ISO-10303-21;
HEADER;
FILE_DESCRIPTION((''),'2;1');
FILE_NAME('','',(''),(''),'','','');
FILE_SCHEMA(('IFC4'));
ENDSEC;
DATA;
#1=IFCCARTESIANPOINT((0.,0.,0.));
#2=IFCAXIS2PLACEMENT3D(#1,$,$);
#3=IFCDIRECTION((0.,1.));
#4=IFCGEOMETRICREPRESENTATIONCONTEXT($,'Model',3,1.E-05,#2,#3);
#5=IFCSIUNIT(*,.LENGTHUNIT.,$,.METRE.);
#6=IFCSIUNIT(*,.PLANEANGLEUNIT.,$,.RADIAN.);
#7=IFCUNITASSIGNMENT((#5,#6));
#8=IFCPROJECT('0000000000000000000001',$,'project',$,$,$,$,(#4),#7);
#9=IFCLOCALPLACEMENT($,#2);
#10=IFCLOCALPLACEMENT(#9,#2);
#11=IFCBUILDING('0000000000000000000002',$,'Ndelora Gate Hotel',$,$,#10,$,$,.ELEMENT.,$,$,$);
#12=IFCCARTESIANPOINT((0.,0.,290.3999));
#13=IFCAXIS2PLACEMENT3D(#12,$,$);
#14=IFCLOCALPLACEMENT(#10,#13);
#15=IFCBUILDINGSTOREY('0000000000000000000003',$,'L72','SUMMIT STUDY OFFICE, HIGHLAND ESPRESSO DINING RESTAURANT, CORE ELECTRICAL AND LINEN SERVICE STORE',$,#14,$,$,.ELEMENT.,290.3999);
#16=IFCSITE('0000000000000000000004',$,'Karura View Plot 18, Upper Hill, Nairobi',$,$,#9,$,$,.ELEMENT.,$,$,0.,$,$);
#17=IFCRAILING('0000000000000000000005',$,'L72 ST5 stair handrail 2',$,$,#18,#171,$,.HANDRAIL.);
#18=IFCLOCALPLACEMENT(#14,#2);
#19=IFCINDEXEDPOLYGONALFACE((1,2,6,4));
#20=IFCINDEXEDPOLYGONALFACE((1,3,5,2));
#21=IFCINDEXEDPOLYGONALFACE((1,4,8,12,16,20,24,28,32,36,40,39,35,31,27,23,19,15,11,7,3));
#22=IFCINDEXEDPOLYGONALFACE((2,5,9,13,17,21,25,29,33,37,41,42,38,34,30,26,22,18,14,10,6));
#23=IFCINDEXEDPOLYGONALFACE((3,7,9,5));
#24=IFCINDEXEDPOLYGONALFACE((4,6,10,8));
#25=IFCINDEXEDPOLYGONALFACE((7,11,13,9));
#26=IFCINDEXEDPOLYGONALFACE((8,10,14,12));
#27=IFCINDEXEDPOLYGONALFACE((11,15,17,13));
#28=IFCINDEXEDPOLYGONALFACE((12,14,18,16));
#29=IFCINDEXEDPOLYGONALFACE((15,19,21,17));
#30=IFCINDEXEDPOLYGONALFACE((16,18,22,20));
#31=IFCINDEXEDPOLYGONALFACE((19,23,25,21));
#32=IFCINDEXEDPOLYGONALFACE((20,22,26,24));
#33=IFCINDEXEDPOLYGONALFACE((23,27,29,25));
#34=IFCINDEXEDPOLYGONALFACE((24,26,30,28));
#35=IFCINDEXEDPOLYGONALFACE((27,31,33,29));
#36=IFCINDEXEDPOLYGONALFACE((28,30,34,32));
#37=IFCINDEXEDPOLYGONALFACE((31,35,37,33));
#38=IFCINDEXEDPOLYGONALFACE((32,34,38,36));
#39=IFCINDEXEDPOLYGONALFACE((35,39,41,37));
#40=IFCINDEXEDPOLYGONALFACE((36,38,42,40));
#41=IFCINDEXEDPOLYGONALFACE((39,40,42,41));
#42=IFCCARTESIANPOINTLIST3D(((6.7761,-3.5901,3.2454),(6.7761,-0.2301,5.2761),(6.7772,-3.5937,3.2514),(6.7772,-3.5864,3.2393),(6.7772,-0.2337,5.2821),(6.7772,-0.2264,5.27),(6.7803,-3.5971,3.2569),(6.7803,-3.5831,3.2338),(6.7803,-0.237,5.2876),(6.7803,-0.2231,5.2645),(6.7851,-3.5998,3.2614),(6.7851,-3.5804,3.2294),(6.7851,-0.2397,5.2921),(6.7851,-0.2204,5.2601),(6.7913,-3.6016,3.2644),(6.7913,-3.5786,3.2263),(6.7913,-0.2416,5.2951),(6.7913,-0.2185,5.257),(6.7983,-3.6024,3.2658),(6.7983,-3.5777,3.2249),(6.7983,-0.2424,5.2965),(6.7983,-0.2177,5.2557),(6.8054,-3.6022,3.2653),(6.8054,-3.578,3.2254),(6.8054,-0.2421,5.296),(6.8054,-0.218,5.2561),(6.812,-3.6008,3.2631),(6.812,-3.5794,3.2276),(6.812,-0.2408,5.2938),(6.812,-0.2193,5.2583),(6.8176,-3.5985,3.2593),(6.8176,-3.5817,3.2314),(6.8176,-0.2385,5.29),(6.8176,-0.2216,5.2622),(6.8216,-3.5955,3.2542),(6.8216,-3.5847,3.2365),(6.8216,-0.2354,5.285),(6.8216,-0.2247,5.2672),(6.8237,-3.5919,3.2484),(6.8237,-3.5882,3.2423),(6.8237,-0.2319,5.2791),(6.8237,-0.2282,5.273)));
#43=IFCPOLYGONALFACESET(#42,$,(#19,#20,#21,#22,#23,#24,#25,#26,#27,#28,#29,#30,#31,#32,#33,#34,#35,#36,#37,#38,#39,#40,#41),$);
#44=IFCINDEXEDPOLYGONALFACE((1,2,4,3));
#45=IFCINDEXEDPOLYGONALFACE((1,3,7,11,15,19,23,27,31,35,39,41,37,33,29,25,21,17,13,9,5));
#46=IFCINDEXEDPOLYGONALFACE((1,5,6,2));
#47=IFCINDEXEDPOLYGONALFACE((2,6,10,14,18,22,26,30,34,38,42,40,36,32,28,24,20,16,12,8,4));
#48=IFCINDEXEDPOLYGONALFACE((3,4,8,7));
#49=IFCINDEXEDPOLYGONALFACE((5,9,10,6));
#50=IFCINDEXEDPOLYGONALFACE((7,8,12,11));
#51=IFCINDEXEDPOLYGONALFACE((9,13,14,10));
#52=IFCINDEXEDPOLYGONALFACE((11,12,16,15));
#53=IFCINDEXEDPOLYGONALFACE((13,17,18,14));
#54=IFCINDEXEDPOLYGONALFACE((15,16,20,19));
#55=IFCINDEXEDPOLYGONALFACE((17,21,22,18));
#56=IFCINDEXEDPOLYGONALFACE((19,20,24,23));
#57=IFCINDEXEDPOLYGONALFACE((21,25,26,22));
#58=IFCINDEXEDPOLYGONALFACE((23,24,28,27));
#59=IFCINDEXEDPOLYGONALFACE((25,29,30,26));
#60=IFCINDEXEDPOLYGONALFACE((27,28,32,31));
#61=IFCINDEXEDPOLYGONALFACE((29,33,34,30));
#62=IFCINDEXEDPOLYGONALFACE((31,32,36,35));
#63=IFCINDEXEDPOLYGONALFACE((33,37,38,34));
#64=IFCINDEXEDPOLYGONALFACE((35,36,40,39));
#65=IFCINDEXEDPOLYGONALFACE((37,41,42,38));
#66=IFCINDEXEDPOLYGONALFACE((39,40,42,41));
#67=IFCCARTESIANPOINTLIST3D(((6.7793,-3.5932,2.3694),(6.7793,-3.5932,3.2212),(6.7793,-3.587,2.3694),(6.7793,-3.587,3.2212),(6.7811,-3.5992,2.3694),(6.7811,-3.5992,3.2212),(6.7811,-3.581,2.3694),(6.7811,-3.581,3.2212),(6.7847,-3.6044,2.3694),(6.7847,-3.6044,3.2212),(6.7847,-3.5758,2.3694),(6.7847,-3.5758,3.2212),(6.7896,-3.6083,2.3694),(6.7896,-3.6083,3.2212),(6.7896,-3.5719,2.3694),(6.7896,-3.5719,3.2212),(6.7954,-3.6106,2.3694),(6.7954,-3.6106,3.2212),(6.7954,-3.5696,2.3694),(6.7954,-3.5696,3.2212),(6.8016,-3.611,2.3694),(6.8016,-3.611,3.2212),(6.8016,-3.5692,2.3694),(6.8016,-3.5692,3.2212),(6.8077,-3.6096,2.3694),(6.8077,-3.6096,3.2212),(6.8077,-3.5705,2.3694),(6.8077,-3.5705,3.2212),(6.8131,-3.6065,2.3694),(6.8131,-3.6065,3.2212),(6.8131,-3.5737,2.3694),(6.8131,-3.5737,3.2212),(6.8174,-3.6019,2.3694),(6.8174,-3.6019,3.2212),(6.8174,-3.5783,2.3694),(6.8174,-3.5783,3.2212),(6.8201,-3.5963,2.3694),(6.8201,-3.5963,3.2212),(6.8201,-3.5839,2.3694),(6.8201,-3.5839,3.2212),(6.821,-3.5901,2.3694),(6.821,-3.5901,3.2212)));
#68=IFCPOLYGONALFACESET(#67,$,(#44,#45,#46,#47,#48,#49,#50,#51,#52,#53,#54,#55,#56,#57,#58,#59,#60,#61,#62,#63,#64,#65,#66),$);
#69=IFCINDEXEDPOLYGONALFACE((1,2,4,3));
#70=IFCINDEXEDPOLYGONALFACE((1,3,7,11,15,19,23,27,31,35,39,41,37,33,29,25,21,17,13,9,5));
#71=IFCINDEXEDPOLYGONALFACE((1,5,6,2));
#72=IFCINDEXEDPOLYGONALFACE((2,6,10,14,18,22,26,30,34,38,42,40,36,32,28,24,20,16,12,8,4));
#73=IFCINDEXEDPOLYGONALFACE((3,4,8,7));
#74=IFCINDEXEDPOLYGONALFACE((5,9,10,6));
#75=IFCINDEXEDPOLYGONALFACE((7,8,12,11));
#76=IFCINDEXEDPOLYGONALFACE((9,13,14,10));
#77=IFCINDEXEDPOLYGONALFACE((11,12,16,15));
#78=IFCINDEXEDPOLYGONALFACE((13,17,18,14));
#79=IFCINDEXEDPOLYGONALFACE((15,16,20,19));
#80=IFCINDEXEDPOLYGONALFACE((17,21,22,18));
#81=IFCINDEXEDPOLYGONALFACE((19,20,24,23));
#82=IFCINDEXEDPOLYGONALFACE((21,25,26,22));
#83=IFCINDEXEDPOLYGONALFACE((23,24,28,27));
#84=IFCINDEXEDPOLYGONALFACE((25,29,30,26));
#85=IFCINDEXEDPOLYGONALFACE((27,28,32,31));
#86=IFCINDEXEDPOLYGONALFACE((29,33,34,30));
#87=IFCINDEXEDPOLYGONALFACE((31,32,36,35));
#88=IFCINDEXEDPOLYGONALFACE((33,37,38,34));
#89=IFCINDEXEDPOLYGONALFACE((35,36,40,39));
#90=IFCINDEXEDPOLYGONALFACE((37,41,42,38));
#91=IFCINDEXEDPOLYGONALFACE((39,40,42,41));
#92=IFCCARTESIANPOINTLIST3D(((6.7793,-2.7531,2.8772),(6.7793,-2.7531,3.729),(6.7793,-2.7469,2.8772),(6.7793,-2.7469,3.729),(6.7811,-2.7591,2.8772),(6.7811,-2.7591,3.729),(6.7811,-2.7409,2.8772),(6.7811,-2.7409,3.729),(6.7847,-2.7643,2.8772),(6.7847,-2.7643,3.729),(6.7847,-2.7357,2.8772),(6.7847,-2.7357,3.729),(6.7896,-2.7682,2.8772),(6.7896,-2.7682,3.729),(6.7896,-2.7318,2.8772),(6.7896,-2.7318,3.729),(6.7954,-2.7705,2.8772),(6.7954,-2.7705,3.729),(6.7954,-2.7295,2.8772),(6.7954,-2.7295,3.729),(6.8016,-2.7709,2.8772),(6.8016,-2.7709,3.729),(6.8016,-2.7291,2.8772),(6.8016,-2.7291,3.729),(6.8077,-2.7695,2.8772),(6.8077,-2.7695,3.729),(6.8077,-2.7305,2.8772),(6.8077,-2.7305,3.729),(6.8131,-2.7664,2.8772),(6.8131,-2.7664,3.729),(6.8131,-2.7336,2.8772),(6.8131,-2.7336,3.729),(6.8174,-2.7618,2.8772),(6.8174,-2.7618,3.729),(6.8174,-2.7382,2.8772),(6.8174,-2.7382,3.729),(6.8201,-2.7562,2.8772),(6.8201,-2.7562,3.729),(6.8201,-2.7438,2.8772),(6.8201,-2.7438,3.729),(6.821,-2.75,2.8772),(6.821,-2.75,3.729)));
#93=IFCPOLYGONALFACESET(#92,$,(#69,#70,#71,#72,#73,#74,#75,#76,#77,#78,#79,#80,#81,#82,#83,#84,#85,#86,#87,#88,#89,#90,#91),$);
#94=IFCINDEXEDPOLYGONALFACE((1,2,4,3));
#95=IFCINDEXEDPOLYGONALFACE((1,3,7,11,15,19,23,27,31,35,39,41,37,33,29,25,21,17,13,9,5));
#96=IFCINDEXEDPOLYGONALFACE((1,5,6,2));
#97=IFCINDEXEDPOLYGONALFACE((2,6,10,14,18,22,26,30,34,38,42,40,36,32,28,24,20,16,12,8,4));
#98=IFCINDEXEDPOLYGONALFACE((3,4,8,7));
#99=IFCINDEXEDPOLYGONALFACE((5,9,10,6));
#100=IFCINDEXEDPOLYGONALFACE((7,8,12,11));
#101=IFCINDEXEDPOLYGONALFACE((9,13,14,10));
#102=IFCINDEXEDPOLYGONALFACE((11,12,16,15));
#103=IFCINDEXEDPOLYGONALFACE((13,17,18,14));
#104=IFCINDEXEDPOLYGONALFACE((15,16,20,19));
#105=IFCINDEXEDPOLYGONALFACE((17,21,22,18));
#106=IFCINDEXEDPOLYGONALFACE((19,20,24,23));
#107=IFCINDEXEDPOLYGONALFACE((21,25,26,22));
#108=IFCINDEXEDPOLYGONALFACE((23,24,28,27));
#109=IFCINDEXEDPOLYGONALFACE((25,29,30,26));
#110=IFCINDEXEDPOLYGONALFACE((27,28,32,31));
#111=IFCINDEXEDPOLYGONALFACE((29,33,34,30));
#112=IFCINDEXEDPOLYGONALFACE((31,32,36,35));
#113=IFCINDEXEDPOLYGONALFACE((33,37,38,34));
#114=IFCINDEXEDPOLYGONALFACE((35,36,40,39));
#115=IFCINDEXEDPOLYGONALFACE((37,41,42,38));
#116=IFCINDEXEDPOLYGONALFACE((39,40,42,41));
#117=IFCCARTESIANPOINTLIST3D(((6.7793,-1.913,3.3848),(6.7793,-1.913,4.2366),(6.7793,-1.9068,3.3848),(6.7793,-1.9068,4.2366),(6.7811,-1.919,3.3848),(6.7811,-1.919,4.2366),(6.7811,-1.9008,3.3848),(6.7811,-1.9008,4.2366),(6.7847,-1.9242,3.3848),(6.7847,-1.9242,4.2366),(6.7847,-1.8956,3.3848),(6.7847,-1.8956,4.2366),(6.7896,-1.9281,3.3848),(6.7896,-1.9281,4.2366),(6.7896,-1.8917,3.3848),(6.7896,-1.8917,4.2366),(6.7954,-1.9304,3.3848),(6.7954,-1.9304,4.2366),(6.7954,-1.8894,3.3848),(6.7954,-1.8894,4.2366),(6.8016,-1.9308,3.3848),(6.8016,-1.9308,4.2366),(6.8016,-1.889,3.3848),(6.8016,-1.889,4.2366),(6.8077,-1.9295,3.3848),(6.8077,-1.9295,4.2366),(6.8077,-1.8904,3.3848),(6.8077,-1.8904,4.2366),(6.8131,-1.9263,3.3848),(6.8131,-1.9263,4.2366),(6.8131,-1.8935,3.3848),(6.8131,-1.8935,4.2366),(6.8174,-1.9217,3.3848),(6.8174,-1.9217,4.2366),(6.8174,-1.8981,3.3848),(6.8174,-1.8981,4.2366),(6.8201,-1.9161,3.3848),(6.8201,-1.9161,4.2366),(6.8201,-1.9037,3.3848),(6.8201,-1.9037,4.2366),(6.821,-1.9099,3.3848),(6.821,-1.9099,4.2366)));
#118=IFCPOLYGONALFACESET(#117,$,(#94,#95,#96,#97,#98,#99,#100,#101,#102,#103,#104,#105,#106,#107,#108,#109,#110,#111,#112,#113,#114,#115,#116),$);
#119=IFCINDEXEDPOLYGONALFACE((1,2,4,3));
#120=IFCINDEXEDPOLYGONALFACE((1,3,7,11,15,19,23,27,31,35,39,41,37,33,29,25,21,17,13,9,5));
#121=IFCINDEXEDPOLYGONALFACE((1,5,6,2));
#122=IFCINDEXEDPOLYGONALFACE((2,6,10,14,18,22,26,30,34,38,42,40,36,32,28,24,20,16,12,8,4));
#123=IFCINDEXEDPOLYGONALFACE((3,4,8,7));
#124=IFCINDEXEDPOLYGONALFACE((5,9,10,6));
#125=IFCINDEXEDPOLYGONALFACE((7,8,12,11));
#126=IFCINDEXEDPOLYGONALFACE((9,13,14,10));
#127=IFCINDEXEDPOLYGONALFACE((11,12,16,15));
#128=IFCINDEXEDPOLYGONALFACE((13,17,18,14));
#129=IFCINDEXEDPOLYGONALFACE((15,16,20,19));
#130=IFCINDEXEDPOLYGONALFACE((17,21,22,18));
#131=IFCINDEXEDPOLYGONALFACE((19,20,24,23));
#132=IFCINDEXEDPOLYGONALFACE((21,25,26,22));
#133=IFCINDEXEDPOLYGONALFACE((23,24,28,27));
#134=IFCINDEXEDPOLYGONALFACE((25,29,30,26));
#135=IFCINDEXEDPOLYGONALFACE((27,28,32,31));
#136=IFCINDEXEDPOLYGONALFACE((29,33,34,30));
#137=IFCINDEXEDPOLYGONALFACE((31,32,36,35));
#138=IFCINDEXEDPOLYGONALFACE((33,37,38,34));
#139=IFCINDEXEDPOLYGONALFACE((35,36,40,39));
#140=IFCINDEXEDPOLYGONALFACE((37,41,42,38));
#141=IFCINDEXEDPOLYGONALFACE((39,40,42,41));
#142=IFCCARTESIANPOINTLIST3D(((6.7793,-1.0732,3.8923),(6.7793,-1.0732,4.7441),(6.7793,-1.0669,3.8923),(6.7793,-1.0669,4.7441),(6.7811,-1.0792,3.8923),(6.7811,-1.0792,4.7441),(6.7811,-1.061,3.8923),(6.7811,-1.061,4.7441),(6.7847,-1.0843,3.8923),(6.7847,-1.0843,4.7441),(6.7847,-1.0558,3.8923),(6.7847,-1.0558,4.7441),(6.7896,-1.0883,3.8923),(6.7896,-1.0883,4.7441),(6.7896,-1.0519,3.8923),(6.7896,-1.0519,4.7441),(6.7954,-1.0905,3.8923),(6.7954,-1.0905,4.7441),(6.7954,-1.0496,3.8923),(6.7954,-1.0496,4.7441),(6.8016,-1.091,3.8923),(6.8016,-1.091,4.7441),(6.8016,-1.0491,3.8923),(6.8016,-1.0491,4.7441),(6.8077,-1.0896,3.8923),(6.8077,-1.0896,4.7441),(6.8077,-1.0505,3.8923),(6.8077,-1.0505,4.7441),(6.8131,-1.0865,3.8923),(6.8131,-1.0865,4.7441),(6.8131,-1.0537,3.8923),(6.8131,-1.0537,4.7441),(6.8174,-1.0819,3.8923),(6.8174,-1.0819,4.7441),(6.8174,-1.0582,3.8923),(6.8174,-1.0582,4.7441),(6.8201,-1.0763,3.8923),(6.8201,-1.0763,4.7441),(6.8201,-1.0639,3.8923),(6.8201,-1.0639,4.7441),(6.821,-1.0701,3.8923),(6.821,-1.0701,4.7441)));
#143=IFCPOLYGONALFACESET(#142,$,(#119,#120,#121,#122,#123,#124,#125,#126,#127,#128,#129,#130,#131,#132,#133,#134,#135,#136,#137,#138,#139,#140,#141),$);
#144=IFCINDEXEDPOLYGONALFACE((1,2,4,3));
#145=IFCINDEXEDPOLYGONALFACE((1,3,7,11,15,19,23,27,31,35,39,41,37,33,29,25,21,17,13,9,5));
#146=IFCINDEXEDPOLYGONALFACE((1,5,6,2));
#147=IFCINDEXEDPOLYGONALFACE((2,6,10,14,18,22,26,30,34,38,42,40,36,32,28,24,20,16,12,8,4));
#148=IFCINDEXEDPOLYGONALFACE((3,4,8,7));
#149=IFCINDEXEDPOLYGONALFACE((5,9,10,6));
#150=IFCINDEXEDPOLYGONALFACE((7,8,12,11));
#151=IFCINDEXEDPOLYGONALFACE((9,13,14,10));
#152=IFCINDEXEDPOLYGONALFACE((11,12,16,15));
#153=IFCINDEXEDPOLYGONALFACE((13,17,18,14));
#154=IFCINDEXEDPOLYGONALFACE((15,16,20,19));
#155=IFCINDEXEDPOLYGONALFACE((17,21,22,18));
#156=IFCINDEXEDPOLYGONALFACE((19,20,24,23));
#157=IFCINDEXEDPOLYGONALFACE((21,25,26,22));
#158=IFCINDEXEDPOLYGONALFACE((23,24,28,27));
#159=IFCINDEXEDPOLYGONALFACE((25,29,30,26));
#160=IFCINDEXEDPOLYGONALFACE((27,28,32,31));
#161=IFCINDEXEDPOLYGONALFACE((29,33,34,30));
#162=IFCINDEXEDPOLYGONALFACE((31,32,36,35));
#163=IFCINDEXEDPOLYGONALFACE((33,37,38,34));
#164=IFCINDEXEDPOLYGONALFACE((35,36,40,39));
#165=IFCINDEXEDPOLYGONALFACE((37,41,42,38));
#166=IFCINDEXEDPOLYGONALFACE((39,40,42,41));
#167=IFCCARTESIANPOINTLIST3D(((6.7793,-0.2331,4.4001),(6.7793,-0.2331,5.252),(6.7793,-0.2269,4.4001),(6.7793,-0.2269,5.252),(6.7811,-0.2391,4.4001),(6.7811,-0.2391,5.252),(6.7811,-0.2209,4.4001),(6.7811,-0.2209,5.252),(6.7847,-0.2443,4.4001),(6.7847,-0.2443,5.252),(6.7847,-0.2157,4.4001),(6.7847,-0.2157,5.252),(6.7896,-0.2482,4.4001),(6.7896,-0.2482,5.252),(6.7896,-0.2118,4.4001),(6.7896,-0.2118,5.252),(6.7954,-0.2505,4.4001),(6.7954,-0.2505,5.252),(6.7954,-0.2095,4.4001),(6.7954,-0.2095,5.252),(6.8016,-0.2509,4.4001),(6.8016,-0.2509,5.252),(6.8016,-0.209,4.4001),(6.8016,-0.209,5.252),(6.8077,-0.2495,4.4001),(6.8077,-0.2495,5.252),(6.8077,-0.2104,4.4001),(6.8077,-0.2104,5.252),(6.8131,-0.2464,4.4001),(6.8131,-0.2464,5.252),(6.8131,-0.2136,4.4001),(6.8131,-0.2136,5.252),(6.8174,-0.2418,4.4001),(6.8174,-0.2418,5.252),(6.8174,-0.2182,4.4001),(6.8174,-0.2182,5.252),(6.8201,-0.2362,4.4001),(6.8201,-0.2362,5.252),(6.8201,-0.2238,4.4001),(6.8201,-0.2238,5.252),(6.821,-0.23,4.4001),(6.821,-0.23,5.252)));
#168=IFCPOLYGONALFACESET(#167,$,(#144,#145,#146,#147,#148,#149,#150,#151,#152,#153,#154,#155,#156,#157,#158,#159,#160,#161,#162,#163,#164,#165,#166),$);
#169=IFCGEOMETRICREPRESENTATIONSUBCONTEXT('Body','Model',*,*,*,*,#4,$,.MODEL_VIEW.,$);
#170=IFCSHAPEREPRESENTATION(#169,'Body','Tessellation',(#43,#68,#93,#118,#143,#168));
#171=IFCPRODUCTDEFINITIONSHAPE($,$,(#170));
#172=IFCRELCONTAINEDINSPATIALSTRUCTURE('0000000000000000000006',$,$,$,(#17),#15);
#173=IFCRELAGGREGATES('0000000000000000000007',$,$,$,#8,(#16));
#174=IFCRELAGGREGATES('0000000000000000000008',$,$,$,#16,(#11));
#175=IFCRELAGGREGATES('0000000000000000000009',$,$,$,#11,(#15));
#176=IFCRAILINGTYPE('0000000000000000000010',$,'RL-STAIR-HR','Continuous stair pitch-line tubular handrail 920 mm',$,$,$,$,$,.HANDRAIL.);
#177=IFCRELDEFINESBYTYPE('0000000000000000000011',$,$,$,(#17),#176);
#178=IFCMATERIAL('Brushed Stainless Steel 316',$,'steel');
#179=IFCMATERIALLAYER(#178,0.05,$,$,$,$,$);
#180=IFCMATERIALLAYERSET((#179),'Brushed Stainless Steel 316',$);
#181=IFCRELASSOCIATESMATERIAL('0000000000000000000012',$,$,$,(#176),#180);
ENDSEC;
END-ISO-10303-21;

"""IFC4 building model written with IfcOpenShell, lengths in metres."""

from ifc_helpers import new_model, si_unit, direction, frame, origin, origin_2d, place, context, subcontext, project, spatial, circle, extrude, material, layer, layer_set, type_object, element, save


model = new_model("IFC4")

# Units and contexts
model_context = context("Model", 3, precision=1e-05, world=origin(), true_north=direction((0.0, 1.0)))
body_context = subcontext(model_context, "Body", "Model", "MODEL_VIEW")
ifc_project = project(units=[si_unit("LENGTHUNIT", "METRE"), si_unit("PLANEANGLEUNIT", "RADIAN")], contexts=[model_context])

# Site, building, storey
site_placement = place(None, origin())
site = spatial("IfcSite", under=ifc_project, at=site_placement, Name="Karura View Plot 18, Upper Hill, Nairobi", CompositionType="ELEMENT", RefElevation=0.0)
building_placement = place(site_placement, origin())
building = spatial("IfcBuilding", under=site, at=building_placement, Name="Ndelora Gate Hotel", CompositionType="ELEMENT")
storey_placement = place(building_placement, frame((0.0, 0.0, 290.3999)))
storey = spatial("IfcBuildingStorey", under=building, at=storey_placement, Name="L72", Description="SUMMIT STUDY OFFICE, HIGHLAND ESPRESSO DINING RESTAURANT, CORE ELECTRICAL AND LINEN SERVICE STORE", CompositionType="ELEMENT", Elevation=290.3999)

# Railing
ifc_material_1 = material(Name="Brushed Stainless Steel 316", Category="steel")
ifc_layer_1 = layer(ifc_material_1, 0.05)
ifc_layer_set_1 = layer_set([ifc_layer_1], Name="Brushed Stainless Steel 316")
railing_type_1 = type_object("IfcRailingType", Name="RL-STAIR-HR", Description="Continuous stair pitch-line tubular handrail 920 mm", PredefinedType="HANDRAIL", material=ifc_layer_set_1)
railing_1_placement = place(storey_placement, frame((6.8, -3.5901, 2.3694)))
element("IfcRailing", 1, at=railing_1_placement, inside=storey, type_object=railing_type_1, Name="L72 ST5 stair handrail 2", PredefinedType="HANDRAIL", context=body_context, shape_type="SweptSolid", body=[
    extrude(circle(Radius=0.0239, at=origin_2d()), frame((0.0, 0.0, 0.876), z_axis=(0.0, 0.855837, 0.517246), x_axis=(-1.0, 0.0, 0.0)), (0.0, 0.0, 1.0), 3.926),
    extrude(circle(Radius=0.021, at=origin_2d()), origin(), (0.0, 0.0, 1.0), 0.8518),
    extrude(circle(Radius=0.021, at=origin_2d()), frame((0.0, 0.8401, 0.5078)), (0.0, 0.0, 1.0), 0.8518),
    extrude(circle(Radius=0.021, at=origin_2d()), frame((0.0, 1.6802, 1.0154)), (0.0, 0.0, 1.0), 0.8518),
    extrude(circle(Radius=0.021, at=origin_2d()), frame((0.0, 2.52, 1.5229)), (0.0, 0.0, 1.0), 0.8518),
    extrude(circle(Radius=0.021, at=origin_2d()), frame((0.0, 3.3601, 2.0308)), (0.0, 0.0, 1.0), 0.8518),
])

save(model, "model.ifc")
